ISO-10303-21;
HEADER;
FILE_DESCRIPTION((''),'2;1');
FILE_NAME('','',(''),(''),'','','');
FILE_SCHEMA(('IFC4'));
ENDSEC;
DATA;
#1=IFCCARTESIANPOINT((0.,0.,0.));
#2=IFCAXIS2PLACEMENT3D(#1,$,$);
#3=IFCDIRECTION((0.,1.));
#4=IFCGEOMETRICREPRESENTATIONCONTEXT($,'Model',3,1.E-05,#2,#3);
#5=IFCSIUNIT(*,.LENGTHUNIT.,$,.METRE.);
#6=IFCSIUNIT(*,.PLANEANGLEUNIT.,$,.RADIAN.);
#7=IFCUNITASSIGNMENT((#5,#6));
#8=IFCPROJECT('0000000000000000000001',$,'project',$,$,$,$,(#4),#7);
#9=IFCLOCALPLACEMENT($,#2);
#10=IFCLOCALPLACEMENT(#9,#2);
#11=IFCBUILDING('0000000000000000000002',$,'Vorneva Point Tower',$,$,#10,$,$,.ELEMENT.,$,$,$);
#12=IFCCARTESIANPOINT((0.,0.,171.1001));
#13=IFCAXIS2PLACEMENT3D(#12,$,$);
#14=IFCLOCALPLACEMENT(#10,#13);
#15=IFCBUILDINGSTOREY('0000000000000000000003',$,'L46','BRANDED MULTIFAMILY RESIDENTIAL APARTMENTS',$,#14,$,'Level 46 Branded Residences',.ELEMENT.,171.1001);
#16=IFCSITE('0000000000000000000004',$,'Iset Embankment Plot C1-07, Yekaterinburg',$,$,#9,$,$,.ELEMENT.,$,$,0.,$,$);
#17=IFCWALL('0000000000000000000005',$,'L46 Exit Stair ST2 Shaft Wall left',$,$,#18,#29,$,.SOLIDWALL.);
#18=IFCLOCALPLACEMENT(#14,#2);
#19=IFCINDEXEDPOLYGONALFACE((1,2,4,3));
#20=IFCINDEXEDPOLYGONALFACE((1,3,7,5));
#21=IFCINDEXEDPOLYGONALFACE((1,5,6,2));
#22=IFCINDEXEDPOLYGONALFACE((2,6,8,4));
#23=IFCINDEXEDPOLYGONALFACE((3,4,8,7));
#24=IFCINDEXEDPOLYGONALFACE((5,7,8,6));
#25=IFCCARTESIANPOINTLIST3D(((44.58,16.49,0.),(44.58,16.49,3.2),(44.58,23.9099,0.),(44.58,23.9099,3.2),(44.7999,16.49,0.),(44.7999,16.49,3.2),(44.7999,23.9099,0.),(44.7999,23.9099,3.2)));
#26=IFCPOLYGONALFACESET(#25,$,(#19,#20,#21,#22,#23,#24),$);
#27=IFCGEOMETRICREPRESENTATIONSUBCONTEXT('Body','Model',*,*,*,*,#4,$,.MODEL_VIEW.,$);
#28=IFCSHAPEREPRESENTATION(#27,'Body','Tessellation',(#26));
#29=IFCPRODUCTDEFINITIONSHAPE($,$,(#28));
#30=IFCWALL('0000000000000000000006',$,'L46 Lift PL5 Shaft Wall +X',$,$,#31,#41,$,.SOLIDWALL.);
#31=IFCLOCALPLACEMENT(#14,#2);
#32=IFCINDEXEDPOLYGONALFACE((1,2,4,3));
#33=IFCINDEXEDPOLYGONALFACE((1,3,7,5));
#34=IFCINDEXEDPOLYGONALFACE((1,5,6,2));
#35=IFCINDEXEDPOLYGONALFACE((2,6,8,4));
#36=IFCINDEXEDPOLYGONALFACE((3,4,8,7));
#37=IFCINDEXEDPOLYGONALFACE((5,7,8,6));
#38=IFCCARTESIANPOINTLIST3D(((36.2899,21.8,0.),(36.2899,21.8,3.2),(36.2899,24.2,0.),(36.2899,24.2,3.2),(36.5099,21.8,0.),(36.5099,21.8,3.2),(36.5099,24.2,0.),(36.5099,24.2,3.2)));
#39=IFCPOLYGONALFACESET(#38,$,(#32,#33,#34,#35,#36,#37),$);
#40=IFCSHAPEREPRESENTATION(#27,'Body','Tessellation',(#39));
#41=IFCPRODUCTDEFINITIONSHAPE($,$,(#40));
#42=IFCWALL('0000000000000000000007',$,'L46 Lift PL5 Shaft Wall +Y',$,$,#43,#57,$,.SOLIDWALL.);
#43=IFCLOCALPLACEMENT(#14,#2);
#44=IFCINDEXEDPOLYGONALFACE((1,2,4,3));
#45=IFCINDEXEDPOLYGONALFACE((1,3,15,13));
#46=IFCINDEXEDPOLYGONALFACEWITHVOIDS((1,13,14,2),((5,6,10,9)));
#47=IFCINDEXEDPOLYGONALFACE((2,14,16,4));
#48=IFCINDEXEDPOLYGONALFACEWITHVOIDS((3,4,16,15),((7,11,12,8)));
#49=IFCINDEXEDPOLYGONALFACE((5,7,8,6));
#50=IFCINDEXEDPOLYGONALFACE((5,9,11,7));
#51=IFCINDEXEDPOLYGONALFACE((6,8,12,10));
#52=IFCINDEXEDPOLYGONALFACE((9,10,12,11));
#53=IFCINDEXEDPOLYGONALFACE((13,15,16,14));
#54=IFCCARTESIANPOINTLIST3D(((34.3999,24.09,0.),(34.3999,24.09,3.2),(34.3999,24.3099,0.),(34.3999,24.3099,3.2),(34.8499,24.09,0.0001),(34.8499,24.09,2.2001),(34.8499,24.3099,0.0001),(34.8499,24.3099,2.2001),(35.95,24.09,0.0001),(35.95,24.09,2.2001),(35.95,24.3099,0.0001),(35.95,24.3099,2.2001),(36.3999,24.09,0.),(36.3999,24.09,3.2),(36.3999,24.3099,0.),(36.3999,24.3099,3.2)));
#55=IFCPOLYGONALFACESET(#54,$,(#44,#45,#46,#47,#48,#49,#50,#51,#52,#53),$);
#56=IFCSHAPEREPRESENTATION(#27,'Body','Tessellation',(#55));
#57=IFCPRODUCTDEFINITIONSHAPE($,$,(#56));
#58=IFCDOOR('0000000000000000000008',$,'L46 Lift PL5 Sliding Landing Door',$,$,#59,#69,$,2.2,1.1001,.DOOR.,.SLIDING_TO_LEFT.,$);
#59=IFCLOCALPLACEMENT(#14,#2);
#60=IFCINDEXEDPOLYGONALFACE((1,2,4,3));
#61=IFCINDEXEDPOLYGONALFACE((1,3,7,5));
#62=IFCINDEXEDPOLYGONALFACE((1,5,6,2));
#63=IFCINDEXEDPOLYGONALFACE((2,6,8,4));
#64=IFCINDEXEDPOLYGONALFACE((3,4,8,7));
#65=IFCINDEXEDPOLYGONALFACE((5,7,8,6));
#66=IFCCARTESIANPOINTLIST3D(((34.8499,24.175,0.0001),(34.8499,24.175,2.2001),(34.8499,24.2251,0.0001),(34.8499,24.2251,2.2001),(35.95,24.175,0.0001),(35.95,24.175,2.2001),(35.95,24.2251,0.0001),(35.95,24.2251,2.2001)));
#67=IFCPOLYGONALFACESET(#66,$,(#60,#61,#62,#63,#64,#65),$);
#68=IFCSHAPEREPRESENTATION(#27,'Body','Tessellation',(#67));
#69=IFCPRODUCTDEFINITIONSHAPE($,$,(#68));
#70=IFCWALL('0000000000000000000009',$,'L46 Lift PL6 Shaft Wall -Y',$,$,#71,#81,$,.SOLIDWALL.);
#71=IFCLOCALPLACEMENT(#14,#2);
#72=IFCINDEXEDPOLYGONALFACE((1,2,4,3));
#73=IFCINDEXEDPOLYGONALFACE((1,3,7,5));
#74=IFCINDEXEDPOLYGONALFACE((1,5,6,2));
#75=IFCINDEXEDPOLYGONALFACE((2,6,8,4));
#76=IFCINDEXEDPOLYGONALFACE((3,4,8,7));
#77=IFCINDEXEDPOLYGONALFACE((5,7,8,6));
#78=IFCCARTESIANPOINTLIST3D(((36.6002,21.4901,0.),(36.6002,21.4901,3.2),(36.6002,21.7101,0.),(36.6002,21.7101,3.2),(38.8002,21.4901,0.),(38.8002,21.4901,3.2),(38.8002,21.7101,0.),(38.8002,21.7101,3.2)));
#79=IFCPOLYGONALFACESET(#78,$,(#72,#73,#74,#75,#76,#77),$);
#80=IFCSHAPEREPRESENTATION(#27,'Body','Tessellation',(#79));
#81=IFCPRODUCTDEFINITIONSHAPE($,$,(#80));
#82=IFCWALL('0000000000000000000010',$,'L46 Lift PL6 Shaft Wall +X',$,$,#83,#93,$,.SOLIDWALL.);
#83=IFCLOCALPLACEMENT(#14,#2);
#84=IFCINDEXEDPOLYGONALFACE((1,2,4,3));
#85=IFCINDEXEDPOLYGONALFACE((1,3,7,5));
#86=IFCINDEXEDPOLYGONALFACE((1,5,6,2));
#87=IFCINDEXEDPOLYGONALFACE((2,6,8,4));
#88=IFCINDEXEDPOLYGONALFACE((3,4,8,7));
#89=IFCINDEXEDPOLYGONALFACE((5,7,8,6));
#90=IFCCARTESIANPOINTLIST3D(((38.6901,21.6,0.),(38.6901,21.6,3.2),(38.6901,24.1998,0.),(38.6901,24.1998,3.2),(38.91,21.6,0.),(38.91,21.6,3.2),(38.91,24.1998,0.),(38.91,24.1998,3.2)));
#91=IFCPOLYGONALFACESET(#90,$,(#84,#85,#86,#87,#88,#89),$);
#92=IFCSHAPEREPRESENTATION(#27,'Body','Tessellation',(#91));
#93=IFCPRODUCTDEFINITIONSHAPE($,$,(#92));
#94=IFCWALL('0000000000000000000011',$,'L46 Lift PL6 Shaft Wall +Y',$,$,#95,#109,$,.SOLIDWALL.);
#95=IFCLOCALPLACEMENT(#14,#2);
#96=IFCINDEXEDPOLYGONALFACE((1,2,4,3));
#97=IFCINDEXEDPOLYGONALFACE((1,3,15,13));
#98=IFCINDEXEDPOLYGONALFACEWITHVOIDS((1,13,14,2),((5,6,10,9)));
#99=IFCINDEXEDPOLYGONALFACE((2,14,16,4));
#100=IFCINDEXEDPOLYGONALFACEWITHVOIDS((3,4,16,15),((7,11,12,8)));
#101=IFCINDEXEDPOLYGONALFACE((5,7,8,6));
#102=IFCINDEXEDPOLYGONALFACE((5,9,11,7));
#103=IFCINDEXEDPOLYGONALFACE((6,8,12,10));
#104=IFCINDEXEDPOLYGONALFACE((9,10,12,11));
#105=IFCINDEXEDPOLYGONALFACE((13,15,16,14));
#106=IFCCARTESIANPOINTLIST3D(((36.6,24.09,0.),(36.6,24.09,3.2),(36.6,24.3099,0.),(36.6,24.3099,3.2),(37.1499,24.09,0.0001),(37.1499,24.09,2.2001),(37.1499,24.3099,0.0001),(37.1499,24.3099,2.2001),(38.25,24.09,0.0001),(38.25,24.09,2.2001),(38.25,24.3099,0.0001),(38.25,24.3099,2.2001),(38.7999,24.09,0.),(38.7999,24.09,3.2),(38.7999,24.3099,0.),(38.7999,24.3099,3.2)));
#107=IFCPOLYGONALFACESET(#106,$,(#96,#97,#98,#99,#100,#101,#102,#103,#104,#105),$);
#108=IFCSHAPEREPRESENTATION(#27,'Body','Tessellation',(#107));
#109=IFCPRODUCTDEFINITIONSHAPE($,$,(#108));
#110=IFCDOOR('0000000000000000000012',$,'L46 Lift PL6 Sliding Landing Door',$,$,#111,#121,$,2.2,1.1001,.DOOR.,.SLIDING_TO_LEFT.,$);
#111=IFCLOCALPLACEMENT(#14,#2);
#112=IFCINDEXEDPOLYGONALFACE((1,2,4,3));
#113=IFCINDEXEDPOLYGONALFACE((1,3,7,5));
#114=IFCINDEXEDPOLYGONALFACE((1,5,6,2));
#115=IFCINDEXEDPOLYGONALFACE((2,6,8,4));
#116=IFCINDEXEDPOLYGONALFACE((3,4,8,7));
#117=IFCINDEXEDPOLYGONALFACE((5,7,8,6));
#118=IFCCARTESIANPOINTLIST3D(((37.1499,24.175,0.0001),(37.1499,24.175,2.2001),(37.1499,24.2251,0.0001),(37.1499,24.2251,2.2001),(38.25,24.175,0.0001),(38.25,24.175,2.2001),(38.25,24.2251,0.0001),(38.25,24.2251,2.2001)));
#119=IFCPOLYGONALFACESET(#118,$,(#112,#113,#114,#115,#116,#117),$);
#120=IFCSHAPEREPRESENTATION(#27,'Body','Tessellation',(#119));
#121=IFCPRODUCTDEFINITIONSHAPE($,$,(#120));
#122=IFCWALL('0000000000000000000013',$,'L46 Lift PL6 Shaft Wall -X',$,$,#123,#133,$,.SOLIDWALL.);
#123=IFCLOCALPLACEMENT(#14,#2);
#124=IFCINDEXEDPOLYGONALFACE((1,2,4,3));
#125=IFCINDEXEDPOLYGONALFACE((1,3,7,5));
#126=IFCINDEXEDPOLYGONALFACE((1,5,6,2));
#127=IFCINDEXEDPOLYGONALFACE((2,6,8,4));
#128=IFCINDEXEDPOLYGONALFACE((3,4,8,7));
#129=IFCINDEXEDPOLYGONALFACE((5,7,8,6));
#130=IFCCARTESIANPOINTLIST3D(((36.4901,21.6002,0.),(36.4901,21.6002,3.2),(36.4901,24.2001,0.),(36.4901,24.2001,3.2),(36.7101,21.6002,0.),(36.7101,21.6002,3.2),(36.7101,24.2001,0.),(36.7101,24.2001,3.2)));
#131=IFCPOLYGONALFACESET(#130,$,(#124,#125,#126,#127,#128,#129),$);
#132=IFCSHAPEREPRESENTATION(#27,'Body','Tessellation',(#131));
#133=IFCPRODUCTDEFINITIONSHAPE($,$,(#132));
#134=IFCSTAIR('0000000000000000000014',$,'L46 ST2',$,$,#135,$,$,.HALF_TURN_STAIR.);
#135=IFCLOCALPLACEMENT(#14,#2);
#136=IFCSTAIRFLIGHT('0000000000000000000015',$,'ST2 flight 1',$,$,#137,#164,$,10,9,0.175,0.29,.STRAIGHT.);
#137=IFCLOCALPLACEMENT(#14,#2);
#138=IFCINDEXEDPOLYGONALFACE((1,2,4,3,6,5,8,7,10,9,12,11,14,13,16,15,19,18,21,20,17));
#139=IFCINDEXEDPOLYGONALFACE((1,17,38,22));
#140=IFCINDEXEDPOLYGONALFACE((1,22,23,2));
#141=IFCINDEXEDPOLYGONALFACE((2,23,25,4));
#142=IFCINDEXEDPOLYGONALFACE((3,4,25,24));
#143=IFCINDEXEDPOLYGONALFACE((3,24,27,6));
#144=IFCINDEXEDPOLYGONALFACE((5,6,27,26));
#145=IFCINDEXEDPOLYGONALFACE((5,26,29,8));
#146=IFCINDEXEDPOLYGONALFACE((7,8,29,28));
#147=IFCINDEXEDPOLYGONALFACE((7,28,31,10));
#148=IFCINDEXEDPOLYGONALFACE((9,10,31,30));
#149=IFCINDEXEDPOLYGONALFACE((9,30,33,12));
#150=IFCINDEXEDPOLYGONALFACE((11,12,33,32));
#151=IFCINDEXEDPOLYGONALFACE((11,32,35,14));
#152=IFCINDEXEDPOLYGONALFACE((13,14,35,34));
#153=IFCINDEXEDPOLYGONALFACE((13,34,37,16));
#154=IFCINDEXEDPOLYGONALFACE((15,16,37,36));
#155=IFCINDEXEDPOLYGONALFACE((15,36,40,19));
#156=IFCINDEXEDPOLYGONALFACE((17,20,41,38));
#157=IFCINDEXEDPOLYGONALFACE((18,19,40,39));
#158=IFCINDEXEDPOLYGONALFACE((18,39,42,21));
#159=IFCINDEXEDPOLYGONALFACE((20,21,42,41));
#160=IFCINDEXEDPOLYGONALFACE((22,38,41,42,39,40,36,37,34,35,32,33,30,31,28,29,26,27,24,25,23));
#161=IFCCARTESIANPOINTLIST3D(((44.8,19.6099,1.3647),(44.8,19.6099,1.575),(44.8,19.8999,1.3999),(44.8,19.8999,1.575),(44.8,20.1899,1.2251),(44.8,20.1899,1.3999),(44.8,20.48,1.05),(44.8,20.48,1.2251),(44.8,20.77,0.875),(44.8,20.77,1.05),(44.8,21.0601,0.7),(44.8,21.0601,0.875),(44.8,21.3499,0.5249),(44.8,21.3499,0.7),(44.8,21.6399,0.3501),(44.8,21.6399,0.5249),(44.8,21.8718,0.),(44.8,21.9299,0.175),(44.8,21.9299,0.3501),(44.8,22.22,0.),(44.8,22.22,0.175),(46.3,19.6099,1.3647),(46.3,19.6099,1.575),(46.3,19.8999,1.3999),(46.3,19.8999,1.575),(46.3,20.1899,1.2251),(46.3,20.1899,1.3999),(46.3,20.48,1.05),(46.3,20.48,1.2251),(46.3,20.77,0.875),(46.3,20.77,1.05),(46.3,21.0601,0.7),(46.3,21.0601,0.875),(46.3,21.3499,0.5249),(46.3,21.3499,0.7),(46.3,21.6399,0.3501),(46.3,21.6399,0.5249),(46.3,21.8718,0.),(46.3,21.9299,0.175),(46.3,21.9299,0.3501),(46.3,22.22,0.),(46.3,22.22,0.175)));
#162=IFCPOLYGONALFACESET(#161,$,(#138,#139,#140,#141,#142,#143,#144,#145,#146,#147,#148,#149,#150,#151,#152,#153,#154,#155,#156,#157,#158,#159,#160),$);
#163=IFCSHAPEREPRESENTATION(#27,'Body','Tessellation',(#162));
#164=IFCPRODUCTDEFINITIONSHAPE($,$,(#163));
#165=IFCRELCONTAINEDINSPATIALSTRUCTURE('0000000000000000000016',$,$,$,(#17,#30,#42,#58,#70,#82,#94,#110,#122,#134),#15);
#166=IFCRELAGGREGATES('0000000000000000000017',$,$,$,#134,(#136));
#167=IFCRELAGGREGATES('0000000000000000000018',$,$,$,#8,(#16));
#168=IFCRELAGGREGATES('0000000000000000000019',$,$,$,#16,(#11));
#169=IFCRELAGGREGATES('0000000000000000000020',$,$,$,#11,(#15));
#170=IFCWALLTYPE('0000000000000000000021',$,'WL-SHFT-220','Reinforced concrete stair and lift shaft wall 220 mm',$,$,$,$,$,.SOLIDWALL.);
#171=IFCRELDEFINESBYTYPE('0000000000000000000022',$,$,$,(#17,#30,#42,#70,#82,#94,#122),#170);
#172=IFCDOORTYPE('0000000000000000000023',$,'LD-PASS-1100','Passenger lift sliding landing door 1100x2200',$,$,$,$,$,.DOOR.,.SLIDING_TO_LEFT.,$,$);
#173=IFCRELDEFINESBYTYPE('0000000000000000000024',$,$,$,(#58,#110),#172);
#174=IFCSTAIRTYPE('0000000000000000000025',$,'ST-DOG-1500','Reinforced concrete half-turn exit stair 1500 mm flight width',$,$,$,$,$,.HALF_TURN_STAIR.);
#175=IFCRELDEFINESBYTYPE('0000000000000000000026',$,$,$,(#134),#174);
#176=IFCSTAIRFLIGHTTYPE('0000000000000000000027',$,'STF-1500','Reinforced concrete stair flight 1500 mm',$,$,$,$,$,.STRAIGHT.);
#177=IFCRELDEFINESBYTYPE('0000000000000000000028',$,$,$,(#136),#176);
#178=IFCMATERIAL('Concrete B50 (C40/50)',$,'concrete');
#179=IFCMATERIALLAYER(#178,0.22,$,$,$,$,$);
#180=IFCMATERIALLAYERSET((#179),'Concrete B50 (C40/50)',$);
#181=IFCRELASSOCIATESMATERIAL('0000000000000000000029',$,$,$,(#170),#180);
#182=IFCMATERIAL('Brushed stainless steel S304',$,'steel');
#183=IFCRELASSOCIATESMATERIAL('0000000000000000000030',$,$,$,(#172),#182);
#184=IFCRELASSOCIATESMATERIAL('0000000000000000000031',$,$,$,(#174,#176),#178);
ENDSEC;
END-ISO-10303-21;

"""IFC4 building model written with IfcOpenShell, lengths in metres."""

from ifc_helpers import new_model, si_unit, direction, frame, frame_2d, origin, place, context, subcontext, project, spatial, polyline, rectangle, outline, extrude, material, layer, layer_set, type_object, element, fill, aggregate, save


model = new_model("IFC4")

# Units and contexts
model_context = context("Model", 3, precision=1e-05, world=origin(), true_north=direction((0.0, 1.0)))
body_context = subcontext(model_context, "Body", "Model", "MODEL_VIEW")
ifc_project = project(units=[si_unit("LENGTHUNIT", "METRE"), si_unit("PLANEANGLEUNIT", "RADIAN")], contexts=[model_context])

# Site, building, storey
site_placement = place(None, origin())
site = spatial("IfcSite", under=ifc_project, at=site_placement, Name="Iset Embankment Plot C1-07, Yekaterinburg", CompositionType="ELEMENT", RefElevation=0.0)
building_placement = place(site_placement, origin())
building = spatial("IfcBuilding", under=site, at=building_placement, Name="Vorneva Point Tower", CompositionType="ELEMENT")
storey_placement = place(building_placement, frame((0.0, 0.0, 171.1001)))
storey = spatial("IfcBuildingStorey", under=building, at=storey_placement, Name="L46", Description="BRANDED MULTIFAMILY RESIDENTIAL APARTMENTS", LongName="Level 46 Branded Residences", CompositionType="ELEMENT", Elevation=171.1001)

# Shared definitions
ifc_material_1 = material(Name="Concrete B50 (C40/50)", Category="concrete")
ifc_layer_1 = layer(ifc_material_1, 0.22)
ifc_layer_set_1 = layer_set([ifc_layer_1], Name="Concrete B50 (C40/50)")
wall_type_1 = type_object("IfcWallType", Name="WL-SHFT-220", Description="Reinforced concrete stair and lift shaft wall 220 mm", PredefinedType="SOLIDWALL", material=ifc_layer_set_1)

# Walls
wall_1_placement = place(storey_placement, frame((44.6899, 16.49, 0.0), z_axis=(0.0, 0.0, 1.0), x_axis=(0.0, 1.0, 0.0)))
element("IfcWall", 1, at=wall_1_placement, inside=storey, type_object=wall_type_1, Name="L46 Exit Stair ST2 Shaft Wall left", PredefinedType="SOLIDWALL", context=body_context, shape_type="SweptSolid", body=[
    extrude(rectangle(XDim=7.4199, YDim=0.22, at=frame_2d((3.71, 0.0))), origin(), (0.0, 0.0, 1.0), 3.2),
])
wall_2_placement = place(storey_placement, frame((36.3999, 21.8, 0.0), z_axis=(0.0, 0.0, 1.0), x_axis=(0.0, 1.0, 0.0)))
element("IfcWall", 2, at=wall_2_placement, inside=storey, type_object=wall_type_1, Name="L46 Lift PL5 Shaft Wall +X", PredefinedType="SOLIDWALL", context=body_context, shape_type="SweptSolid", body=[
    extrude(rectangle(XDim=2.3999, YDim=0.22, at=frame_2d((1.2, 0.0))), origin(), (0.0, 0.0, 1.0), 3.2),
])

# Wall, opening, door
wall_3_placement = place(storey_placement, frame((36.3999, 24.2, 0.0), z_axis=(0.0, 0.0, 1.0), x_axis=(-1.0, 0.0, 0.0)))
wall_3 = element("IfcWall", 3, at=wall_3_placement, inside=storey, type_object=wall_type_1, Name="L46 Lift PL5 Shaft Wall +Y", PredefinedType="SOLIDWALL", context=body_context, shape_type="SweptSolid", body=[
    extrude(rectangle(XDim=2.0, YDim=0.22, at=frame_2d((1.0, 0.0))), origin(), (0.0, 0.0, 1.0), 3.2),
])
opening_1_placement = place(wall_3_placement, frame((0.45, 0.0, 0.0)))
opening_1 = element("IfcOpeningElement", 4, at=opening_1_placement, cuts=wall_3, PredefinedType="OPENING", context=body_context, shape_type="SweptSolid", body=[
    extrude(rectangle(XDim=1.1001, YDim=2.2, at=frame_2d((0.55, 1.1001))), frame((0.0, 0.125, 0.0), z_axis=(0.0, -1.0, 0.0), x_axis=(1.0, 0.0, 0.0)), (0.0, 0.0, 1.0), 0.2498),
])
ifc_material_2 = material(Name="Brushed stainless steel S304", Category="steel")
door_type_1 = type_object("IfcDoorType", Name="LD-PASS-1100", Description="Passenger lift sliding landing door 1100x2200", OperationType="SLIDING_TO_LEFT", PredefinedType="DOOR", material=ifc_material_2)
door_1_placement = place(opening_1_placement, origin())
door_1 = element("IfcDoor", 5, at=door_1_placement, inside=storey, type_object=door_type_1, Name="L46 Lift PL5 Sliding Landing Door", OperationType="SLIDING_TO_LEFT", OverallHeight=2.2, OverallWidth=1.1001, PredefinedType="DOOR", context=body_context, shape_type="SweptSolid", body=[
    extrude(rectangle(XDim=1.1001, YDim=2.2, at=frame_2d((0.55, 1.1001))), frame((0.0, 0.0249, 0.0), z_axis=(0.0, -1.0, 0.0), x_axis=(1.0, 0.0, 0.0)), (0.0, 0.0, 1.0), 0.05),
])
fill(opening_1, door_1)

# Walls
wall_4_placement = place(storey_placement, frame((36.6001, 21.6001, 0.0), z_axis=(0.0, 0.0, 1.0), x_axis=(1.0, 0.0, 0.0)))
element("IfcWall", 6, at=wall_4_placement, inside=storey, type_object=wall_type_1, Name="L46 Lift PL6 Shaft Wall -Y", PredefinedType="SOLIDWALL", context=body_context, shape_type="SweptSolid", body=[
    extrude(rectangle(XDim=2.2, YDim=0.22, at=frame_2d((1.1001, 0.0))), origin(), (0.0, 0.0, 1.0), 3.2),
])
wall_5_placement = place(storey_placement, frame((38.8, 21.6001, 0.0), z_axis=(0.0, 0.0, 1.0), x_axis=(0.0, 1.0, 0.0)))
element("IfcWall", 7, at=wall_5_placement, inside=storey, type_object=wall_type_1, Name="L46 Lift PL6 Shaft Wall +X", PredefinedType="SOLIDWALL", context=body_context, shape_type="SweptSolid", body=[
    extrude(rectangle(XDim=2.5999, YDim=0.22, at=frame_2d((1.2998, 0.0))), origin(), (0.0, 0.0, 1.0), 3.2),
])

# Wall, opening, door
wall_6_placement = place(storey_placement, frame((38.8, 24.2, 0.0), z_axis=(0.0, 0.0, 1.0), x_axis=(-1.0, 0.0, 0.0)))
wall_6 = element("IfcWall", 8, at=wall_6_placement, inside=storey, type_object=wall_type_1, Name="L46 Lift PL6 Shaft Wall +Y", PredefinedType="SOLIDWALL", context=body_context, shape_type="SweptSolid", body=[
    extrude(rectangle(XDim=2.2, YDim=0.22, at=frame_2d((1.1001, 0.0))), origin(), (0.0, 0.0, 1.0), 3.2),
])
opening_2_placement = place(wall_6_placement, frame((0.55, 0.0, 0.0)))
opening_2 = element("IfcOpeningElement", 9, at=opening_2_placement, cuts=wall_6, PredefinedType="OPENING", context=body_context, shape_type="SweptSolid", body=[
    extrude(rectangle(XDim=1.1001, YDim=2.2, at=frame_2d((0.55, 1.1001))), frame((0.0, 0.125, 0.0), z_axis=(0.0, -1.0, 0.0), x_axis=(1.0, 0.0, 0.0)), (0.0, 0.0, 1.0), 0.2498),
])
door_2_placement = place(opening_2_placement, origin())
door_2 = element("IfcDoor", 10, at=door_2_placement, inside=storey, type_object=door_type_1, Name="L46 Lift PL6 Sliding Landing Door", OperationType="SLIDING_TO_LEFT", OverallHeight=2.2, OverallWidth=1.1001, PredefinedType="DOOR", context=body_context, shape_type="SweptSolid", body=[
    extrude(rectangle(XDim=1.1001, YDim=2.2, at=frame_2d((0.55, 1.1001))), frame((0.0, 0.0249, 0.0), z_axis=(0.0, -1.0, 0.0), x_axis=(1.0, 0.0, 0.0)), (0.0, 0.0, 1.0), 0.05),
])
fill(opening_2, door_2)

# Wall
wall_7_placement = place(storey_placement, frame((36.6001, 24.2, 0.0), z_axis=(0.0, 0.0, 1.0), x_axis=(0.0, -1.0, 0.0)))
element("IfcWall", 11, at=wall_7_placement, inside=storey, type_object=wall_type_1, Name="L46 Lift PL6 Shaft Wall -X", PredefinedType="SOLIDWALL", context=body_context, shape_type="SweptSolid", body=[
    extrude(rectangle(XDim=2.5999, YDim=0.22, at=frame_2d((1.2998, 0.0))), origin(), (0.0, 0.0, 1.0), 3.2),
])

# Stair, stair flight
stair_type = type_object("IfcStairType", Name="ST-DOG-1500", Description="Reinforced concrete half-turn exit stair 1500 mm flight width", PredefinedType="HALF_TURN_STAIR", material=ifc_material_1)
stair_placement = place(storey_placement, origin())
stair = element("IfcStair", 12, at=stair_placement, inside=storey, type_object=stair_type, Name="L46 ST2", PredefinedType="HALF_TURN_STAIR")
stair_flight_type = type_object("IfcStairFlightType", Name="STF-1500", Description="Reinforced concrete stair flight 1500 mm", PredefinedType="STRAIGHT", material=ifc_material_1)
stair_flight_1_placement = place(storey_placement, frame((45.55, 22.22, 0.0), z_axis=(0.0, 0.0, 1.0), x_axis=(0.0, -1.0, 0.0)))
stair_flight_1 = element("IfcStairFlight", 13, at=stair_flight_1_placement, type_object=stair_flight_type, Name="ST2 flight 1", NumberOfRisers=10, NumberOfTreads=9, PredefinedType="STRAIGHT", RiserHeight=0.175, TreadLength=0.29, context=body_context, shape_type="SweptSolid", body=[
    extrude(outline(polyline([(0.0, 0.0), (0.0, 0.175), (0.29, 0.175), (0.29, 0.3501), (0.5801, 0.3501), (0.5801, 0.5249), (0.8701, 0.5249), (0.8701, 0.7), (1.1599, 0.7), (1.1599, 0.875), (1.45, 0.875), (1.45, 1.05), (1.74, 1.05), (1.74, 1.2251), (2.03, 1.2251), (2.03, 1.3999), (2.3201, 1.3999), (2.3201, 1.575), (2.6101, 1.575), (2.6101, 1.75), (2.6101, 1.3647), (0.3481, 0.0), (0.0, 0.0)])), frame((0.0, 0.75, 0.0), z_axis=(0.0, -1.0, 0.0), x_axis=(1.0, 0.0, 0.0)), (0.0, 0.0, 1.0), 1.5),
])
aggregate(stair, [stair_flight_1])

save(model, "model.ifc")
